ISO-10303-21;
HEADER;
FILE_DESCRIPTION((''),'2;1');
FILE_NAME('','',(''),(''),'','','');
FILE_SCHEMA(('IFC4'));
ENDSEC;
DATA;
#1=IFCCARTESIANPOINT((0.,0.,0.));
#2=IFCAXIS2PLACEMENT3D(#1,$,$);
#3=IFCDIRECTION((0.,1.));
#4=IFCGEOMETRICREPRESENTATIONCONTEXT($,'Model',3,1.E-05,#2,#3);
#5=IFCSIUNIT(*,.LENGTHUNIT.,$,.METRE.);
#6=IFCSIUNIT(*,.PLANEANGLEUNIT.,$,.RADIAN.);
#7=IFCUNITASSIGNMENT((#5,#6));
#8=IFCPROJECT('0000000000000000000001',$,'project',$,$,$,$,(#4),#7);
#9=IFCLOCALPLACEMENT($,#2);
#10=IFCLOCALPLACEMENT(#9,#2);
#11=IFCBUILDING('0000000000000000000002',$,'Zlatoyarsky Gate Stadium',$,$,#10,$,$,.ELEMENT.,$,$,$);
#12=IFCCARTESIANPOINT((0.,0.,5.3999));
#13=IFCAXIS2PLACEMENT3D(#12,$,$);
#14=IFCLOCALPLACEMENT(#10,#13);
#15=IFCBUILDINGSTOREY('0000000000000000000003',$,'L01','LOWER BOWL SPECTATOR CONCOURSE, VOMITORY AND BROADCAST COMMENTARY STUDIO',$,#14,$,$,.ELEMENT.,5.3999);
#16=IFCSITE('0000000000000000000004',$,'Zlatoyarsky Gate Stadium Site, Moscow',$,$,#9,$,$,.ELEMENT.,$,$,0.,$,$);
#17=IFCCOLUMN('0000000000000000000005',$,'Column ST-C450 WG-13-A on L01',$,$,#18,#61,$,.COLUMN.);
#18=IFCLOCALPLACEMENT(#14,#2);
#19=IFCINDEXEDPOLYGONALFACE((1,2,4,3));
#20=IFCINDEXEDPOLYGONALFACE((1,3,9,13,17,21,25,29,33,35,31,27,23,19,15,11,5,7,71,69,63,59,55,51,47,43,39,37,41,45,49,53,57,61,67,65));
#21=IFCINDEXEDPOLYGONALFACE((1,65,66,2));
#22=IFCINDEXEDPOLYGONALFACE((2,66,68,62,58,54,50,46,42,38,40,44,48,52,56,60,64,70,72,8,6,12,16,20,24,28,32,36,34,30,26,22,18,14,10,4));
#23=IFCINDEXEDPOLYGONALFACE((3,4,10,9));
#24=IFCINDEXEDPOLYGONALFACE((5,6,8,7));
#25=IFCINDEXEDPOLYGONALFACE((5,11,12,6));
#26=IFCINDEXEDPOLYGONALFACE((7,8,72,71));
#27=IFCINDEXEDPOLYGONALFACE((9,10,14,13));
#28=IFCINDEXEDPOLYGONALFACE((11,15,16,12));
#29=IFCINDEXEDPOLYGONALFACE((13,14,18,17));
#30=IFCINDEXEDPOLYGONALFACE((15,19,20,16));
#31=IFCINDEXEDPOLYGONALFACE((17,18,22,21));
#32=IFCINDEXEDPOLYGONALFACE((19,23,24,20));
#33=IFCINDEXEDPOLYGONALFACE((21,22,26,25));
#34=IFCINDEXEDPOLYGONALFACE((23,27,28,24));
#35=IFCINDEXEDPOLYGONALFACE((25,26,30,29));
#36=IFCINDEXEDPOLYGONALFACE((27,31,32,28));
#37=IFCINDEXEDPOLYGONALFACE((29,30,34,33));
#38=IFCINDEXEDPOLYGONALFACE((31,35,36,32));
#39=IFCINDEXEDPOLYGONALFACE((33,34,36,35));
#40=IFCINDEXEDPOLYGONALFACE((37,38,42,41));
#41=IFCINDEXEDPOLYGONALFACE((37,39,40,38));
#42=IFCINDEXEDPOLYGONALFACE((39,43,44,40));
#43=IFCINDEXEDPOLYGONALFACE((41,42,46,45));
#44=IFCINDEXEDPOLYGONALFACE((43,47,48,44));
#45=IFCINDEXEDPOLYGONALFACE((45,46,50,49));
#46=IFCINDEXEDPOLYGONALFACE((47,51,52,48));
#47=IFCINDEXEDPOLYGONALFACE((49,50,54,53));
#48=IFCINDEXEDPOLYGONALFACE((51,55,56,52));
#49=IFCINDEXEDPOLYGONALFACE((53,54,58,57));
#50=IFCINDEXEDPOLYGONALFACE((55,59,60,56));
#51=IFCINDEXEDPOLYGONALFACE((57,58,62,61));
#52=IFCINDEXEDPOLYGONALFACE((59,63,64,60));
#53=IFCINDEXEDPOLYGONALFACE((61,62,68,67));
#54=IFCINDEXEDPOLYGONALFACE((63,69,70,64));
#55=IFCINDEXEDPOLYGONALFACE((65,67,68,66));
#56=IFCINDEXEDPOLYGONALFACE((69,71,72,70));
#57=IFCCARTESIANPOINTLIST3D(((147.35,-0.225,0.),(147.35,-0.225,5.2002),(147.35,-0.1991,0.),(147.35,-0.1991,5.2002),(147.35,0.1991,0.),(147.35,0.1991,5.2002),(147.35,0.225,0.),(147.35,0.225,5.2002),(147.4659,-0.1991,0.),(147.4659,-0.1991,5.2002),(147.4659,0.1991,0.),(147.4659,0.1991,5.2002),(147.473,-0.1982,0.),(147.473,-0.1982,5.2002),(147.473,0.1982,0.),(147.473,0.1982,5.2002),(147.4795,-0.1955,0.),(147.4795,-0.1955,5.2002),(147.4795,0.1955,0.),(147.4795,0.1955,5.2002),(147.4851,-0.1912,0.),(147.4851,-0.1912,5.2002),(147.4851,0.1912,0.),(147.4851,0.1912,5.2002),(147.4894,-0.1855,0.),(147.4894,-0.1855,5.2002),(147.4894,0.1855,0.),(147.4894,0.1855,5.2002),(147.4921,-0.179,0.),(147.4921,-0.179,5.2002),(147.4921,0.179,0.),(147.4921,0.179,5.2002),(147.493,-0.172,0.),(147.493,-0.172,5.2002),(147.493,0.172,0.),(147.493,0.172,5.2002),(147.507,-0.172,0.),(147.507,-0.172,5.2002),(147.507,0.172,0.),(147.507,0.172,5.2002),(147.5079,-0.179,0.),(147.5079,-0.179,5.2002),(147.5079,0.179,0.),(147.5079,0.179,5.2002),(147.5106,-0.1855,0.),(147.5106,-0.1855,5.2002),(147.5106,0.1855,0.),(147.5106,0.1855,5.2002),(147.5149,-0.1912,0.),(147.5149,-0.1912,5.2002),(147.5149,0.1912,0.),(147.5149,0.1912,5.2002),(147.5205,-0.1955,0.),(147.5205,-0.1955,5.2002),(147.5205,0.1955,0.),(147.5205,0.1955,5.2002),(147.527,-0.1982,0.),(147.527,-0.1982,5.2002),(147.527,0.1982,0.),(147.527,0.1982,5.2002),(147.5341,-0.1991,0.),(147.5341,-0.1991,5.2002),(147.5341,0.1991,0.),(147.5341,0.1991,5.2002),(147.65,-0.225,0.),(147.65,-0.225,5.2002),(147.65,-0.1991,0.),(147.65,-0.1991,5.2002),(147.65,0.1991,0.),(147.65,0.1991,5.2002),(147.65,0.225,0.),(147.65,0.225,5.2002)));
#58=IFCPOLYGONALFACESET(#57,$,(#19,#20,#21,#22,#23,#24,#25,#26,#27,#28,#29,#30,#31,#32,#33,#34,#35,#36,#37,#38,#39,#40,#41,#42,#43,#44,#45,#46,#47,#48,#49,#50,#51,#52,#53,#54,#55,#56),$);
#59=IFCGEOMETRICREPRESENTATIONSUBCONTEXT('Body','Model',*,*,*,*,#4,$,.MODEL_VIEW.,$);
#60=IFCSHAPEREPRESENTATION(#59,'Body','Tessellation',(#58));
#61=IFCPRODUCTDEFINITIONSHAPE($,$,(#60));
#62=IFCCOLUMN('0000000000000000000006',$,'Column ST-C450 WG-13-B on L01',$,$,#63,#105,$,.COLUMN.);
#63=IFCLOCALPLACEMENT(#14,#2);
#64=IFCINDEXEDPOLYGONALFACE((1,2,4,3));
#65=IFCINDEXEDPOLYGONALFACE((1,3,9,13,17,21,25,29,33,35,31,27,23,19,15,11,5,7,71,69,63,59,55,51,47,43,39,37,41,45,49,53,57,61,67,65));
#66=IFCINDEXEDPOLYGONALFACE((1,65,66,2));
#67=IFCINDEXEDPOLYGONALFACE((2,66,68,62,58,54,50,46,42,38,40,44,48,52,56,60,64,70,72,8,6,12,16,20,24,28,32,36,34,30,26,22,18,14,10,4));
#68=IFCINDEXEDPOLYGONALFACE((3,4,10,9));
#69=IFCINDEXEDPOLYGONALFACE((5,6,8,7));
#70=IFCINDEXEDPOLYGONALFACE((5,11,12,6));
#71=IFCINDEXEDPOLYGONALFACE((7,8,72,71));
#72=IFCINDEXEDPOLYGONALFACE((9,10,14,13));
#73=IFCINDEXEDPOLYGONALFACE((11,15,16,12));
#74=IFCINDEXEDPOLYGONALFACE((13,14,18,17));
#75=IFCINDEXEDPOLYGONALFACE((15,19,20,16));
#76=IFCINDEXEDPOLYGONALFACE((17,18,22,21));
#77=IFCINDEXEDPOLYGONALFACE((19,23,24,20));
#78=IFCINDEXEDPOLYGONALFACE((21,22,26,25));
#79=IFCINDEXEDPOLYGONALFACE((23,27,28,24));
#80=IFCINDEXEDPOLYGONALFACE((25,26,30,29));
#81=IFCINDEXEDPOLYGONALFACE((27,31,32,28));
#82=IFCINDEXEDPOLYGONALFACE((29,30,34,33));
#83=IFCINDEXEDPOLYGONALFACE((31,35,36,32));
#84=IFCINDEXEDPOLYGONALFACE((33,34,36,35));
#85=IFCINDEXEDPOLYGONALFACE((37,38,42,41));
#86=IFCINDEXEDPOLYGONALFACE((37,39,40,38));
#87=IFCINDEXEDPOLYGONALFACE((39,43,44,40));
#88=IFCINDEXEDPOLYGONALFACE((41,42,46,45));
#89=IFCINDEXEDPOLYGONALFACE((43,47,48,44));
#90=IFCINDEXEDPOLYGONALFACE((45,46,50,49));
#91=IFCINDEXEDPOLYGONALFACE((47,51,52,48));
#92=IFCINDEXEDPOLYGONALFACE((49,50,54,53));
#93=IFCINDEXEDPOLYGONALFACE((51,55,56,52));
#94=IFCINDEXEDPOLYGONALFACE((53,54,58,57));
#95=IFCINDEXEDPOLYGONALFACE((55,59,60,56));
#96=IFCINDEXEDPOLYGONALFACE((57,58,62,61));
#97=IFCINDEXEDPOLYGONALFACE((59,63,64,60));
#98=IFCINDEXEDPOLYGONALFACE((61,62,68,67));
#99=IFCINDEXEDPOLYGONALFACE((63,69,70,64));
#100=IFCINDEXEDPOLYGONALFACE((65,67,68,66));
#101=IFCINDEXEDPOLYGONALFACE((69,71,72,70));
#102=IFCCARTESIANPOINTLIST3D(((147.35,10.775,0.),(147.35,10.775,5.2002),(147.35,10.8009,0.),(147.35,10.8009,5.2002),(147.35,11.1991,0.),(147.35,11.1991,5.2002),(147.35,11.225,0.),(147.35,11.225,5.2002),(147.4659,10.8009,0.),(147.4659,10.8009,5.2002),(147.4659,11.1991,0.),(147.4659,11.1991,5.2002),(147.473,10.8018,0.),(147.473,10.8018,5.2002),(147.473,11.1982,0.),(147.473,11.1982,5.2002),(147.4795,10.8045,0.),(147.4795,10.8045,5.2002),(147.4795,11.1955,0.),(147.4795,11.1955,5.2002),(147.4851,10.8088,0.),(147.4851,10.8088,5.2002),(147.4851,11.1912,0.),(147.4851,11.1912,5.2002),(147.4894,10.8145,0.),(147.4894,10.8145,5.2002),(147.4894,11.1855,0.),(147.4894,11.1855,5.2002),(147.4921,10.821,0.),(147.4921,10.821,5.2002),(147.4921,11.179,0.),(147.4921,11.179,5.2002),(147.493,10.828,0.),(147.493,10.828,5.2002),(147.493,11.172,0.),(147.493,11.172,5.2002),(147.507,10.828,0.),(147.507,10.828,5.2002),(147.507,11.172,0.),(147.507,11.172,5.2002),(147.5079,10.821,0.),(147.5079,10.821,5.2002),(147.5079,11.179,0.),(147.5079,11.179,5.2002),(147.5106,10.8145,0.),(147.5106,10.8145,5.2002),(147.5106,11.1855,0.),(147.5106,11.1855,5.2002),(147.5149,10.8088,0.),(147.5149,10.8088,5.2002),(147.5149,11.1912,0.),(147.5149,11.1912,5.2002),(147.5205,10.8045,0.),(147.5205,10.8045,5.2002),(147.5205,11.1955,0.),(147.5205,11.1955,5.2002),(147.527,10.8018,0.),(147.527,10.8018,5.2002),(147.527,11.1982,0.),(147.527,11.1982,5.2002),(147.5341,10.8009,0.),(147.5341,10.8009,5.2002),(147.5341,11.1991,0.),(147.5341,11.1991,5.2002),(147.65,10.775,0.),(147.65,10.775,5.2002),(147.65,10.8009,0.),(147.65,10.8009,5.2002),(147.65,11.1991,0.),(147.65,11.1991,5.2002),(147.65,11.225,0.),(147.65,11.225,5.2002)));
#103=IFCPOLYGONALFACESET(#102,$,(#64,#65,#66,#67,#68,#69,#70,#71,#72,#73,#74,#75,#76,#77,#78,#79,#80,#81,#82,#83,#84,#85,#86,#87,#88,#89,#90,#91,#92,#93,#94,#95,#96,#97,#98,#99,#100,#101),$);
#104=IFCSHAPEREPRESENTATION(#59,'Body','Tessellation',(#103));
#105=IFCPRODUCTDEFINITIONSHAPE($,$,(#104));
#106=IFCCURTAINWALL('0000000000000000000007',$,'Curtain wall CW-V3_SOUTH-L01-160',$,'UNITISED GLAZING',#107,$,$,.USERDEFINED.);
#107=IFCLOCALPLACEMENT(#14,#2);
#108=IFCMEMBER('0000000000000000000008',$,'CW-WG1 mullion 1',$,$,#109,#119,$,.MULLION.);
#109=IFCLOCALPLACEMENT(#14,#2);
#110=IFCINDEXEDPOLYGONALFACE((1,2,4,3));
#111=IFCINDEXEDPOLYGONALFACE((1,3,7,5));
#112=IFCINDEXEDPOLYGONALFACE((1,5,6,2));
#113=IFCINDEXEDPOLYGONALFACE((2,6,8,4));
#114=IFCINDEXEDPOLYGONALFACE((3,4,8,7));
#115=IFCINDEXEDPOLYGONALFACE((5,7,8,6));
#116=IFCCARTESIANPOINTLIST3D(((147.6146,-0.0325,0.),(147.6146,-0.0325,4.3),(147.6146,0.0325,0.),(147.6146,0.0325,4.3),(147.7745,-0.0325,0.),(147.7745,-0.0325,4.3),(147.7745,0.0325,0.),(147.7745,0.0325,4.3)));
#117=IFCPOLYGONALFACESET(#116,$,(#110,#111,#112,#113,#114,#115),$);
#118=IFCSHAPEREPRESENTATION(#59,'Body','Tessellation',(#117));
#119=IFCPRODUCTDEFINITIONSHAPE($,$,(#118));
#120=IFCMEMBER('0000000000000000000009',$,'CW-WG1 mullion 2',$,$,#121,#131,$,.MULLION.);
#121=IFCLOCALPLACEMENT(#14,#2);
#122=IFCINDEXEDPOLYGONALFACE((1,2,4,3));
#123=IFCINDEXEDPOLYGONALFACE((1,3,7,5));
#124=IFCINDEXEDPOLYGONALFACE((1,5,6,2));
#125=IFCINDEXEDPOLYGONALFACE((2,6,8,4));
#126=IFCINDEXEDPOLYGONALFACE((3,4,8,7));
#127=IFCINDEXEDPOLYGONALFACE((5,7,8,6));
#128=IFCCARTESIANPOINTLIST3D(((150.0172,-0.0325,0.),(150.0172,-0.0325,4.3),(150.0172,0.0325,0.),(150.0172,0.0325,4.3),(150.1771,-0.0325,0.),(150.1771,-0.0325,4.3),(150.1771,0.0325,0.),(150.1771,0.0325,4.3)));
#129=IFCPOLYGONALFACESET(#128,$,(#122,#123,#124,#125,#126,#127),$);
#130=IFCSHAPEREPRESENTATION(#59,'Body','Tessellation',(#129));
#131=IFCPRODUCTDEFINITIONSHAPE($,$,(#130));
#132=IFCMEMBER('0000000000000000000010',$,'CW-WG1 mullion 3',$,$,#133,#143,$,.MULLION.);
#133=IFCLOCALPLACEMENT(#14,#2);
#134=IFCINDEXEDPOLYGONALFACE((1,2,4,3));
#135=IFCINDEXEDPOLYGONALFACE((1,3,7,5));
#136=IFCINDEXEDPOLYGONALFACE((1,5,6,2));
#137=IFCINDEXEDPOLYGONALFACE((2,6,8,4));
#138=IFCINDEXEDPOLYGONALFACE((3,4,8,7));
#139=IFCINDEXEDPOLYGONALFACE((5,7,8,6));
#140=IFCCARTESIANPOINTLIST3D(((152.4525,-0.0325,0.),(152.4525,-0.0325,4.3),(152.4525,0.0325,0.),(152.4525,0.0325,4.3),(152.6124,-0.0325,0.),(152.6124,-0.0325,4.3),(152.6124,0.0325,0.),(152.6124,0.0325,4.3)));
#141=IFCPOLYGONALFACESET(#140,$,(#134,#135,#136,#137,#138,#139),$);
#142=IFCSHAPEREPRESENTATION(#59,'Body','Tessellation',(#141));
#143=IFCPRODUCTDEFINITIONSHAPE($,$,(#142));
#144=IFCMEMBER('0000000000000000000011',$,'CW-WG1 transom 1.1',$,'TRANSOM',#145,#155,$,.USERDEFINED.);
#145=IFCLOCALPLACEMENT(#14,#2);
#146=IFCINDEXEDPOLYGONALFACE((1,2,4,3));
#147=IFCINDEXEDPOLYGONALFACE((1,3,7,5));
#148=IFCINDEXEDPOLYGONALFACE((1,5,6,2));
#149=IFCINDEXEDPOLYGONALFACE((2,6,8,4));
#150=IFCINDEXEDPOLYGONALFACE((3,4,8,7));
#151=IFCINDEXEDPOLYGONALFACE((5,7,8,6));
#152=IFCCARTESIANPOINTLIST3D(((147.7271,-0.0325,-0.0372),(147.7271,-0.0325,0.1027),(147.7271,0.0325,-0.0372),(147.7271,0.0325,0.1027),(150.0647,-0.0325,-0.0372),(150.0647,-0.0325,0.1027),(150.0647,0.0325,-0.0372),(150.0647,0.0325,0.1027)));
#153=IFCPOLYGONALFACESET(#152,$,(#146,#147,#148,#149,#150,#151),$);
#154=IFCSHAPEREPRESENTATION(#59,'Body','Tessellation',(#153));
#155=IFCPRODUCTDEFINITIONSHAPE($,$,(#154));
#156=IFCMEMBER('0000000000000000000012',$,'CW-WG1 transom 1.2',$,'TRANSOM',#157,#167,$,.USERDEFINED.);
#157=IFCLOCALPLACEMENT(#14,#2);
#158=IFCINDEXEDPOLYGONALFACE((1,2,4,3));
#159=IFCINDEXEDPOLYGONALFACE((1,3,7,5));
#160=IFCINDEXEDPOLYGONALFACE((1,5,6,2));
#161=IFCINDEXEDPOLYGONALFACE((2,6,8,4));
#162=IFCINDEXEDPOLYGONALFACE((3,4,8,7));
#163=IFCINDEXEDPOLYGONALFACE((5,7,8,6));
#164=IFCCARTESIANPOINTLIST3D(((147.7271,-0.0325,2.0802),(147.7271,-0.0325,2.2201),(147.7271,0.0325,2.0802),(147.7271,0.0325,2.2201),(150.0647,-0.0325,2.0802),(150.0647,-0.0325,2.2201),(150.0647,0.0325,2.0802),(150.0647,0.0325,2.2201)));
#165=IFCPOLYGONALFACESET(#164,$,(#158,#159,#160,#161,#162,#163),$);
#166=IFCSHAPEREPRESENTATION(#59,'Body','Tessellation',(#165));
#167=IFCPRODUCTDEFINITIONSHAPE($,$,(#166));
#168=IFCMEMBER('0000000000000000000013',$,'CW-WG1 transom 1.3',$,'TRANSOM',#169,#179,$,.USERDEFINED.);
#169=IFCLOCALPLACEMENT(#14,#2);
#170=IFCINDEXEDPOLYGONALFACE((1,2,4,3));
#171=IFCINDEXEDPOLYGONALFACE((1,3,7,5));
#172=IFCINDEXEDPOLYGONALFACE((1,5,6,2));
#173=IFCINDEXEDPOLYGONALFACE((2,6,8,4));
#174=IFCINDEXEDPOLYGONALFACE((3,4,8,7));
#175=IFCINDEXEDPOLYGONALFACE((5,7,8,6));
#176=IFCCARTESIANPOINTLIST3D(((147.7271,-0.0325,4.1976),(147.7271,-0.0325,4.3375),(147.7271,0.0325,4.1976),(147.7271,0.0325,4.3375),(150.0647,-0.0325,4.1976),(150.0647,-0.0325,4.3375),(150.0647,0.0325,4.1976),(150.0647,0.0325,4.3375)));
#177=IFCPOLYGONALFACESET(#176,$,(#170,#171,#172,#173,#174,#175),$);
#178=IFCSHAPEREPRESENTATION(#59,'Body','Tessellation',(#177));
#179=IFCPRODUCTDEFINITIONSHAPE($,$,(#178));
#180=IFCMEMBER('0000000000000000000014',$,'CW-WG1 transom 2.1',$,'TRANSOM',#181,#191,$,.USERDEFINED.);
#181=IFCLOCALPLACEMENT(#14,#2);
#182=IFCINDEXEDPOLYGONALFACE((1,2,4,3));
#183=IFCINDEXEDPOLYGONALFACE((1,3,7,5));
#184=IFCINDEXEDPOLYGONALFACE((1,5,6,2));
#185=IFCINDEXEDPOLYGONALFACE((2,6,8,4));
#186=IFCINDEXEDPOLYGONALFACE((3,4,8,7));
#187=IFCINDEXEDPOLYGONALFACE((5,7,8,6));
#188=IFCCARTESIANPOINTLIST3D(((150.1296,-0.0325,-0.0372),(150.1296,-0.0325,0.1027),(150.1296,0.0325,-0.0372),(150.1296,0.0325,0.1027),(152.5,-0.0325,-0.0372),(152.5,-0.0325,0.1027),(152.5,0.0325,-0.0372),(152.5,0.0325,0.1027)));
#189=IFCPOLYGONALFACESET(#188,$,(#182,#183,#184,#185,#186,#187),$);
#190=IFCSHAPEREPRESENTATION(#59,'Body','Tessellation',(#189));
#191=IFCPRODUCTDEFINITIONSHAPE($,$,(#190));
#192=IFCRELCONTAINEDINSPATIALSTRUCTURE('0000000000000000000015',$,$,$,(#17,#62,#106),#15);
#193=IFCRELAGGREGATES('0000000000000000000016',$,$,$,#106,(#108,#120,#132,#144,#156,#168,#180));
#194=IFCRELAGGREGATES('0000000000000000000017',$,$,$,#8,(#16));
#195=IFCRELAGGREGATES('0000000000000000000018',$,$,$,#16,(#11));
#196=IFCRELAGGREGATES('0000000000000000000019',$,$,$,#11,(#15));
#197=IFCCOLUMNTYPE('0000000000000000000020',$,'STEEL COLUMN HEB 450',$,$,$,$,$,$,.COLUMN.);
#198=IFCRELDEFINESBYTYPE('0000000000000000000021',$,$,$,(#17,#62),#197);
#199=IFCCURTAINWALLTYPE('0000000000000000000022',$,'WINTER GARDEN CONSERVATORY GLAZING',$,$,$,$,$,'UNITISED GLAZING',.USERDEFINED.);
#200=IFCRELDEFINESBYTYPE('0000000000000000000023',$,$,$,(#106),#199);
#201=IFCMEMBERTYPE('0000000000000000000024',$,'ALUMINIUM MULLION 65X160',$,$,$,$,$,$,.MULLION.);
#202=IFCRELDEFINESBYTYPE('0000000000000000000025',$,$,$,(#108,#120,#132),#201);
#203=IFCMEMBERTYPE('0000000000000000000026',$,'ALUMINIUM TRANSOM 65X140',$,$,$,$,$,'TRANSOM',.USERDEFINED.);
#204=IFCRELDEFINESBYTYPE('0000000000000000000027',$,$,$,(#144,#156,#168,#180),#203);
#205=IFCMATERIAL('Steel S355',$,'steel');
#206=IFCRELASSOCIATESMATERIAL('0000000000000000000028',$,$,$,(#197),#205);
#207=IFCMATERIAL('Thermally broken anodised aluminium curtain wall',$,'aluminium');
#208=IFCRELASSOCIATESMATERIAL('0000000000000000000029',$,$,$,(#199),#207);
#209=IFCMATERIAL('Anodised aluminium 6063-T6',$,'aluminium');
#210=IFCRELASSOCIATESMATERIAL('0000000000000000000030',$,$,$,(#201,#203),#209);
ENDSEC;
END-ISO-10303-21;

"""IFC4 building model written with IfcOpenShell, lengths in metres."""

from ifc_helpers import new_model, si_unit, direction, frame, origin, origin_2d, place, context, subcontext, project, spatial, rectangle, i_section, extrude, material, material_profile, profile_set, type_object, element, aggregate, save


model = new_model("IFC4")

# Units and contexts
model_context = context("Model", 3, precision=1e-05, world=origin(), true_north=direction((0.0, 1.0)))
body_context = subcontext(model_context, "Body", "Model", "MODEL_VIEW")
ifc_project = project(units=[si_unit("LENGTHUNIT", "METRE"), si_unit("PLANEANGLEUNIT", "RADIAN")], contexts=[model_context])

# Site, building, storey
site_placement = place(None, origin())
site = spatial("IfcSite", under=ifc_project, at=site_placement, Name="Zlatoyarsky Gate Stadium Site, Moscow", CompositionType="ELEMENT", RefElevation=0.0)
building_placement = place(site_placement, origin())
building = spatial("IfcBuilding", under=site, at=building_placement, Name="Zlatoyarsky Gate Stadium", CompositionType="ELEMENT")
storey_placement = place(building_placement, frame((0.0, 0.0, 5.3999)))
storey = spatial("IfcBuildingStorey", under=building, at=storey_placement, Name="L01", Description="LOWER BOWL SPECTATOR CONCOURSE, VOMITORY AND BROADCAST COMMENTARY STUDIO", CompositionType="ELEMENT", Elevation=5.3999)

# Columns
ifc_material_1 = material(Name="Steel S355", Category="steel")
ifc_material_profile_1 = material_profile(ifc_material_1, i_section(OverallWidth=0.3, OverallDepth=0.45, WebThickness=0.0139, FlangeThickness=0.0259, FilletRadius=0.0271, at=origin_2d()), Name="HEB 450")
ifc_profile_set_1 = profile_set([ifc_material_profile_1], Name="Steel S355")
column_type = type_object("IfcColumnType", Name="STEEL COLUMN HEB 450", PredefinedType="COLUMN", material=ifc_profile_set_1)
for number, where, z_axis, x_axis, name in (
    (1, (147.5, 0.0, 0.0), (0.0, 0.0, 1.0), (1.0, 0.0, 0.0), "Column ST-C450 WG-13-A on L01"),
    (2, (147.5, 11.0, 0.0), (0.0, 0.0, 1.0), (1.0, 0.0, 0.0), "Column ST-C450 WG-13-B on L01"),
):
    element("IfcColumn", number, at=place(storey_placement, frame(where, z_axis=z_axis, x_axis=x_axis)), inside=storey, type_object=column_type, Name=name, PredefinedType="COLUMN", context=body_context, shape_type="SweptSolid", body=[
        extrude(i_section(OverallWidth=0.3, OverallDepth=0.45, WebThickness=0.0139, FlangeThickness=0.0259, FilletRadius=0.0271, at=origin_2d()), origin(), (0.0, 0.0, 1.0), 5.2002),
    ])

# Curtain wall, members
ifc_material_2 = material(Name="Thermally broken anodised aluminium curtain wall", Category="aluminium")
curtain_wall_type = type_object("IfcCurtainWallType", Name="WINTER GARDEN CONSERVATORY GLAZING", ElementType="UNITISED GLAZING", PredefinedType="USERDEFINED", material=ifc_material_2)
curtain_wall_placement = place(storey_placement, origin())
curtain_wall = element("IfcCurtainWall", 3, at=curtain_wall_placement, inside=storey, type_object=curtain_wall_type, Name="Curtain wall CW-V3_SOUTH-L01-160", ObjectType="UNITISED GLAZING", PredefinedType="USERDEFINED")
ifc_material_3 = material(Name="Anodised aluminium 6063-T6", Category="aluminium")
ifc_material_profile_2 = material_profile(ifc_material_3, rectangle(XDim=0.0649, YDim=0.1599, at=origin_2d()), Name="ALU 65X160")
ifc_profile_set_2 = profile_set([ifc_material_profile_2], Name="Anodised aluminium 6063-T6")
member_type_1 = type_object("IfcMemberType", Name="ALUMINIUM MULLION 65X160", PredefinedType="MULLION", material=ifc_profile_set_2)
member_1_placement = place(storey_placement, frame((147.6946, 0.0, 0.0), z_axis=(0.0, 0.0, 1.0), x_axis=(0.0, 1.0, 0.0)))
member_1 = element("IfcMember", 4, at=member_1_placement, type_object=member_type_1, Name="CW-WG1 mullion 1", PredefinedType="MULLION", context=body_context, shape_type="SweptSolid", body=[
    extrude(rectangle(XDim=0.0649, YDim=0.1599, at=origin_2d()), origin(), (0.0, 0.0, 1.0), 4.3),
])
member_2_placement = place(storey_placement, frame((150.0972, 0.0, 0.0), z_axis=(0.0, 0.0, 1.0), x_axis=(0.0, 1.0, 0.0)))
member_2 = element("IfcMember", 5, at=member_2_placement, type_object=member_type_1, Name="CW-WG1 mullion 2", PredefinedType="MULLION", context=body_context, shape_type="SweptSolid", body=[
    extrude(rectangle(XDim=0.0649, YDim=0.1599, at=origin_2d()), origin(), (0.0, 0.0, 1.0), 4.3),
])
member_3_placement = place(storey_placement, frame((152.5325, 0.0, 0.0), z_axis=(0.0, 0.0, 1.0), x_axis=(0.0, 1.0, 0.0)))
member_3 = element("IfcMember", 6, at=member_3_placement, type_object=member_type_1, Name="CW-WG1 mullion 3", PredefinedType="MULLION", context=body_context, shape_type="SweptSolid", body=[
    extrude(rectangle(XDim=0.0649, YDim=0.1599, at=origin_2d()), origin(), (0.0, 0.0, 1.0), 4.3),
])
ifc_material_profile_3 = material_profile(ifc_material_3, rectangle(XDim=0.0649, YDim=0.1399, at=origin_2d()), Name="ALU 65X140")
ifc_profile_set_3 = profile_set([ifc_material_profile_3], Name="Anodised aluminium 6063-T6")
member_type_2 = type_object("IfcMemberType", Name="ALUMINIUM TRANSOM 65X140", ElementType="TRANSOM", PredefinedType="USERDEFINED", material=ifc_profile_set_3)
member_4_placement = place(storey_placement, frame((147.7271, 0.0, 0.0327), z_axis=(1.0, 0.0, 0.0), x_axis=(0.0, 1.0, 0.0)))
member_4 = element("IfcMember", 7, at=member_4_placement, type_object=member_type_2, Name="CW-WG1 transom 1.1", ObjectType="TRANSOM", PredefinedType="USERDEFINED", context=body_context, shape_type="SweptSolid", body=[
    extrude(rectangle(XDim=0.0649, YDim=0.1399, at=origin_2d()), origin(), (0.0, 0.0, 1.0), 2.3376),
])
member_5_placement = place(storey_placement, frame((147.7271, 0.0, 2.1501), z_axis=(1.0, 0.0, 0.0), x_axis=(0.0, 1.0, 0.0)))
member_5 = element("IfcMember", 8, at=member_5_placement, type_object=member_type_2, Name="CW-WG1 transom 1.2", ObjectType="TRANSOM", PredefinedType="USERDEFINED", context=body_context, shape_type="SweptSolid", body=[
    extrude(rectangle(XDim=0.0649, YDim=0.1399, at=origin_2d()), origin(), (0.0, 0.0, 1.0), 2.3376),
])
member_6_placement = place(storey_placement, frame((147.7271, 0.0, 4.2676), z_axis=(1.0, 0.0, 0.0), x_axis=(0.0, 1.0, 0.0)))
member_6 = element("IfcMember", 9, at=member_6_placement, type_object=member_type_2, Name="CW-WG1 transom 1.3", ObjectType="TRANSOM", PredefinedType="USERDEFINED", context=body_context, shape_type="SweptSolid", body=[
    extrude(rectangle(XDim=0.0649, YDim=0.1399, at=origin_2d()), origin(), (0.0, 0.0, 1.0), 2.3376),
])
member_7_placement = place(storey_placement, frame((150.1296, 0.0, 0.0327), z_axis=(1.0, 0.0, 0.0), x_axis=(0.0, 1.0, 0.0)))
member_7 = element("IfcMember", 10, at=member_7_placement, type_object=member_type_2, Name="CW-WG1 transom 2.1", ObjectType="TRANSOM", PredefinedType="USERDEFINED", context=body_context, shape_type="SweptSolid", body=[
    extrude(rectangle(XDim=0.0649, YDim=0.1399, at=origin_2d()), origin(), (0.0, 0.0, 1.0), 2.3704),
])

aggregate(curtain_wall, [member_1, member_2, member_3, member_4, member_5, member_6, member_7])

save(model, "model.ifc")
